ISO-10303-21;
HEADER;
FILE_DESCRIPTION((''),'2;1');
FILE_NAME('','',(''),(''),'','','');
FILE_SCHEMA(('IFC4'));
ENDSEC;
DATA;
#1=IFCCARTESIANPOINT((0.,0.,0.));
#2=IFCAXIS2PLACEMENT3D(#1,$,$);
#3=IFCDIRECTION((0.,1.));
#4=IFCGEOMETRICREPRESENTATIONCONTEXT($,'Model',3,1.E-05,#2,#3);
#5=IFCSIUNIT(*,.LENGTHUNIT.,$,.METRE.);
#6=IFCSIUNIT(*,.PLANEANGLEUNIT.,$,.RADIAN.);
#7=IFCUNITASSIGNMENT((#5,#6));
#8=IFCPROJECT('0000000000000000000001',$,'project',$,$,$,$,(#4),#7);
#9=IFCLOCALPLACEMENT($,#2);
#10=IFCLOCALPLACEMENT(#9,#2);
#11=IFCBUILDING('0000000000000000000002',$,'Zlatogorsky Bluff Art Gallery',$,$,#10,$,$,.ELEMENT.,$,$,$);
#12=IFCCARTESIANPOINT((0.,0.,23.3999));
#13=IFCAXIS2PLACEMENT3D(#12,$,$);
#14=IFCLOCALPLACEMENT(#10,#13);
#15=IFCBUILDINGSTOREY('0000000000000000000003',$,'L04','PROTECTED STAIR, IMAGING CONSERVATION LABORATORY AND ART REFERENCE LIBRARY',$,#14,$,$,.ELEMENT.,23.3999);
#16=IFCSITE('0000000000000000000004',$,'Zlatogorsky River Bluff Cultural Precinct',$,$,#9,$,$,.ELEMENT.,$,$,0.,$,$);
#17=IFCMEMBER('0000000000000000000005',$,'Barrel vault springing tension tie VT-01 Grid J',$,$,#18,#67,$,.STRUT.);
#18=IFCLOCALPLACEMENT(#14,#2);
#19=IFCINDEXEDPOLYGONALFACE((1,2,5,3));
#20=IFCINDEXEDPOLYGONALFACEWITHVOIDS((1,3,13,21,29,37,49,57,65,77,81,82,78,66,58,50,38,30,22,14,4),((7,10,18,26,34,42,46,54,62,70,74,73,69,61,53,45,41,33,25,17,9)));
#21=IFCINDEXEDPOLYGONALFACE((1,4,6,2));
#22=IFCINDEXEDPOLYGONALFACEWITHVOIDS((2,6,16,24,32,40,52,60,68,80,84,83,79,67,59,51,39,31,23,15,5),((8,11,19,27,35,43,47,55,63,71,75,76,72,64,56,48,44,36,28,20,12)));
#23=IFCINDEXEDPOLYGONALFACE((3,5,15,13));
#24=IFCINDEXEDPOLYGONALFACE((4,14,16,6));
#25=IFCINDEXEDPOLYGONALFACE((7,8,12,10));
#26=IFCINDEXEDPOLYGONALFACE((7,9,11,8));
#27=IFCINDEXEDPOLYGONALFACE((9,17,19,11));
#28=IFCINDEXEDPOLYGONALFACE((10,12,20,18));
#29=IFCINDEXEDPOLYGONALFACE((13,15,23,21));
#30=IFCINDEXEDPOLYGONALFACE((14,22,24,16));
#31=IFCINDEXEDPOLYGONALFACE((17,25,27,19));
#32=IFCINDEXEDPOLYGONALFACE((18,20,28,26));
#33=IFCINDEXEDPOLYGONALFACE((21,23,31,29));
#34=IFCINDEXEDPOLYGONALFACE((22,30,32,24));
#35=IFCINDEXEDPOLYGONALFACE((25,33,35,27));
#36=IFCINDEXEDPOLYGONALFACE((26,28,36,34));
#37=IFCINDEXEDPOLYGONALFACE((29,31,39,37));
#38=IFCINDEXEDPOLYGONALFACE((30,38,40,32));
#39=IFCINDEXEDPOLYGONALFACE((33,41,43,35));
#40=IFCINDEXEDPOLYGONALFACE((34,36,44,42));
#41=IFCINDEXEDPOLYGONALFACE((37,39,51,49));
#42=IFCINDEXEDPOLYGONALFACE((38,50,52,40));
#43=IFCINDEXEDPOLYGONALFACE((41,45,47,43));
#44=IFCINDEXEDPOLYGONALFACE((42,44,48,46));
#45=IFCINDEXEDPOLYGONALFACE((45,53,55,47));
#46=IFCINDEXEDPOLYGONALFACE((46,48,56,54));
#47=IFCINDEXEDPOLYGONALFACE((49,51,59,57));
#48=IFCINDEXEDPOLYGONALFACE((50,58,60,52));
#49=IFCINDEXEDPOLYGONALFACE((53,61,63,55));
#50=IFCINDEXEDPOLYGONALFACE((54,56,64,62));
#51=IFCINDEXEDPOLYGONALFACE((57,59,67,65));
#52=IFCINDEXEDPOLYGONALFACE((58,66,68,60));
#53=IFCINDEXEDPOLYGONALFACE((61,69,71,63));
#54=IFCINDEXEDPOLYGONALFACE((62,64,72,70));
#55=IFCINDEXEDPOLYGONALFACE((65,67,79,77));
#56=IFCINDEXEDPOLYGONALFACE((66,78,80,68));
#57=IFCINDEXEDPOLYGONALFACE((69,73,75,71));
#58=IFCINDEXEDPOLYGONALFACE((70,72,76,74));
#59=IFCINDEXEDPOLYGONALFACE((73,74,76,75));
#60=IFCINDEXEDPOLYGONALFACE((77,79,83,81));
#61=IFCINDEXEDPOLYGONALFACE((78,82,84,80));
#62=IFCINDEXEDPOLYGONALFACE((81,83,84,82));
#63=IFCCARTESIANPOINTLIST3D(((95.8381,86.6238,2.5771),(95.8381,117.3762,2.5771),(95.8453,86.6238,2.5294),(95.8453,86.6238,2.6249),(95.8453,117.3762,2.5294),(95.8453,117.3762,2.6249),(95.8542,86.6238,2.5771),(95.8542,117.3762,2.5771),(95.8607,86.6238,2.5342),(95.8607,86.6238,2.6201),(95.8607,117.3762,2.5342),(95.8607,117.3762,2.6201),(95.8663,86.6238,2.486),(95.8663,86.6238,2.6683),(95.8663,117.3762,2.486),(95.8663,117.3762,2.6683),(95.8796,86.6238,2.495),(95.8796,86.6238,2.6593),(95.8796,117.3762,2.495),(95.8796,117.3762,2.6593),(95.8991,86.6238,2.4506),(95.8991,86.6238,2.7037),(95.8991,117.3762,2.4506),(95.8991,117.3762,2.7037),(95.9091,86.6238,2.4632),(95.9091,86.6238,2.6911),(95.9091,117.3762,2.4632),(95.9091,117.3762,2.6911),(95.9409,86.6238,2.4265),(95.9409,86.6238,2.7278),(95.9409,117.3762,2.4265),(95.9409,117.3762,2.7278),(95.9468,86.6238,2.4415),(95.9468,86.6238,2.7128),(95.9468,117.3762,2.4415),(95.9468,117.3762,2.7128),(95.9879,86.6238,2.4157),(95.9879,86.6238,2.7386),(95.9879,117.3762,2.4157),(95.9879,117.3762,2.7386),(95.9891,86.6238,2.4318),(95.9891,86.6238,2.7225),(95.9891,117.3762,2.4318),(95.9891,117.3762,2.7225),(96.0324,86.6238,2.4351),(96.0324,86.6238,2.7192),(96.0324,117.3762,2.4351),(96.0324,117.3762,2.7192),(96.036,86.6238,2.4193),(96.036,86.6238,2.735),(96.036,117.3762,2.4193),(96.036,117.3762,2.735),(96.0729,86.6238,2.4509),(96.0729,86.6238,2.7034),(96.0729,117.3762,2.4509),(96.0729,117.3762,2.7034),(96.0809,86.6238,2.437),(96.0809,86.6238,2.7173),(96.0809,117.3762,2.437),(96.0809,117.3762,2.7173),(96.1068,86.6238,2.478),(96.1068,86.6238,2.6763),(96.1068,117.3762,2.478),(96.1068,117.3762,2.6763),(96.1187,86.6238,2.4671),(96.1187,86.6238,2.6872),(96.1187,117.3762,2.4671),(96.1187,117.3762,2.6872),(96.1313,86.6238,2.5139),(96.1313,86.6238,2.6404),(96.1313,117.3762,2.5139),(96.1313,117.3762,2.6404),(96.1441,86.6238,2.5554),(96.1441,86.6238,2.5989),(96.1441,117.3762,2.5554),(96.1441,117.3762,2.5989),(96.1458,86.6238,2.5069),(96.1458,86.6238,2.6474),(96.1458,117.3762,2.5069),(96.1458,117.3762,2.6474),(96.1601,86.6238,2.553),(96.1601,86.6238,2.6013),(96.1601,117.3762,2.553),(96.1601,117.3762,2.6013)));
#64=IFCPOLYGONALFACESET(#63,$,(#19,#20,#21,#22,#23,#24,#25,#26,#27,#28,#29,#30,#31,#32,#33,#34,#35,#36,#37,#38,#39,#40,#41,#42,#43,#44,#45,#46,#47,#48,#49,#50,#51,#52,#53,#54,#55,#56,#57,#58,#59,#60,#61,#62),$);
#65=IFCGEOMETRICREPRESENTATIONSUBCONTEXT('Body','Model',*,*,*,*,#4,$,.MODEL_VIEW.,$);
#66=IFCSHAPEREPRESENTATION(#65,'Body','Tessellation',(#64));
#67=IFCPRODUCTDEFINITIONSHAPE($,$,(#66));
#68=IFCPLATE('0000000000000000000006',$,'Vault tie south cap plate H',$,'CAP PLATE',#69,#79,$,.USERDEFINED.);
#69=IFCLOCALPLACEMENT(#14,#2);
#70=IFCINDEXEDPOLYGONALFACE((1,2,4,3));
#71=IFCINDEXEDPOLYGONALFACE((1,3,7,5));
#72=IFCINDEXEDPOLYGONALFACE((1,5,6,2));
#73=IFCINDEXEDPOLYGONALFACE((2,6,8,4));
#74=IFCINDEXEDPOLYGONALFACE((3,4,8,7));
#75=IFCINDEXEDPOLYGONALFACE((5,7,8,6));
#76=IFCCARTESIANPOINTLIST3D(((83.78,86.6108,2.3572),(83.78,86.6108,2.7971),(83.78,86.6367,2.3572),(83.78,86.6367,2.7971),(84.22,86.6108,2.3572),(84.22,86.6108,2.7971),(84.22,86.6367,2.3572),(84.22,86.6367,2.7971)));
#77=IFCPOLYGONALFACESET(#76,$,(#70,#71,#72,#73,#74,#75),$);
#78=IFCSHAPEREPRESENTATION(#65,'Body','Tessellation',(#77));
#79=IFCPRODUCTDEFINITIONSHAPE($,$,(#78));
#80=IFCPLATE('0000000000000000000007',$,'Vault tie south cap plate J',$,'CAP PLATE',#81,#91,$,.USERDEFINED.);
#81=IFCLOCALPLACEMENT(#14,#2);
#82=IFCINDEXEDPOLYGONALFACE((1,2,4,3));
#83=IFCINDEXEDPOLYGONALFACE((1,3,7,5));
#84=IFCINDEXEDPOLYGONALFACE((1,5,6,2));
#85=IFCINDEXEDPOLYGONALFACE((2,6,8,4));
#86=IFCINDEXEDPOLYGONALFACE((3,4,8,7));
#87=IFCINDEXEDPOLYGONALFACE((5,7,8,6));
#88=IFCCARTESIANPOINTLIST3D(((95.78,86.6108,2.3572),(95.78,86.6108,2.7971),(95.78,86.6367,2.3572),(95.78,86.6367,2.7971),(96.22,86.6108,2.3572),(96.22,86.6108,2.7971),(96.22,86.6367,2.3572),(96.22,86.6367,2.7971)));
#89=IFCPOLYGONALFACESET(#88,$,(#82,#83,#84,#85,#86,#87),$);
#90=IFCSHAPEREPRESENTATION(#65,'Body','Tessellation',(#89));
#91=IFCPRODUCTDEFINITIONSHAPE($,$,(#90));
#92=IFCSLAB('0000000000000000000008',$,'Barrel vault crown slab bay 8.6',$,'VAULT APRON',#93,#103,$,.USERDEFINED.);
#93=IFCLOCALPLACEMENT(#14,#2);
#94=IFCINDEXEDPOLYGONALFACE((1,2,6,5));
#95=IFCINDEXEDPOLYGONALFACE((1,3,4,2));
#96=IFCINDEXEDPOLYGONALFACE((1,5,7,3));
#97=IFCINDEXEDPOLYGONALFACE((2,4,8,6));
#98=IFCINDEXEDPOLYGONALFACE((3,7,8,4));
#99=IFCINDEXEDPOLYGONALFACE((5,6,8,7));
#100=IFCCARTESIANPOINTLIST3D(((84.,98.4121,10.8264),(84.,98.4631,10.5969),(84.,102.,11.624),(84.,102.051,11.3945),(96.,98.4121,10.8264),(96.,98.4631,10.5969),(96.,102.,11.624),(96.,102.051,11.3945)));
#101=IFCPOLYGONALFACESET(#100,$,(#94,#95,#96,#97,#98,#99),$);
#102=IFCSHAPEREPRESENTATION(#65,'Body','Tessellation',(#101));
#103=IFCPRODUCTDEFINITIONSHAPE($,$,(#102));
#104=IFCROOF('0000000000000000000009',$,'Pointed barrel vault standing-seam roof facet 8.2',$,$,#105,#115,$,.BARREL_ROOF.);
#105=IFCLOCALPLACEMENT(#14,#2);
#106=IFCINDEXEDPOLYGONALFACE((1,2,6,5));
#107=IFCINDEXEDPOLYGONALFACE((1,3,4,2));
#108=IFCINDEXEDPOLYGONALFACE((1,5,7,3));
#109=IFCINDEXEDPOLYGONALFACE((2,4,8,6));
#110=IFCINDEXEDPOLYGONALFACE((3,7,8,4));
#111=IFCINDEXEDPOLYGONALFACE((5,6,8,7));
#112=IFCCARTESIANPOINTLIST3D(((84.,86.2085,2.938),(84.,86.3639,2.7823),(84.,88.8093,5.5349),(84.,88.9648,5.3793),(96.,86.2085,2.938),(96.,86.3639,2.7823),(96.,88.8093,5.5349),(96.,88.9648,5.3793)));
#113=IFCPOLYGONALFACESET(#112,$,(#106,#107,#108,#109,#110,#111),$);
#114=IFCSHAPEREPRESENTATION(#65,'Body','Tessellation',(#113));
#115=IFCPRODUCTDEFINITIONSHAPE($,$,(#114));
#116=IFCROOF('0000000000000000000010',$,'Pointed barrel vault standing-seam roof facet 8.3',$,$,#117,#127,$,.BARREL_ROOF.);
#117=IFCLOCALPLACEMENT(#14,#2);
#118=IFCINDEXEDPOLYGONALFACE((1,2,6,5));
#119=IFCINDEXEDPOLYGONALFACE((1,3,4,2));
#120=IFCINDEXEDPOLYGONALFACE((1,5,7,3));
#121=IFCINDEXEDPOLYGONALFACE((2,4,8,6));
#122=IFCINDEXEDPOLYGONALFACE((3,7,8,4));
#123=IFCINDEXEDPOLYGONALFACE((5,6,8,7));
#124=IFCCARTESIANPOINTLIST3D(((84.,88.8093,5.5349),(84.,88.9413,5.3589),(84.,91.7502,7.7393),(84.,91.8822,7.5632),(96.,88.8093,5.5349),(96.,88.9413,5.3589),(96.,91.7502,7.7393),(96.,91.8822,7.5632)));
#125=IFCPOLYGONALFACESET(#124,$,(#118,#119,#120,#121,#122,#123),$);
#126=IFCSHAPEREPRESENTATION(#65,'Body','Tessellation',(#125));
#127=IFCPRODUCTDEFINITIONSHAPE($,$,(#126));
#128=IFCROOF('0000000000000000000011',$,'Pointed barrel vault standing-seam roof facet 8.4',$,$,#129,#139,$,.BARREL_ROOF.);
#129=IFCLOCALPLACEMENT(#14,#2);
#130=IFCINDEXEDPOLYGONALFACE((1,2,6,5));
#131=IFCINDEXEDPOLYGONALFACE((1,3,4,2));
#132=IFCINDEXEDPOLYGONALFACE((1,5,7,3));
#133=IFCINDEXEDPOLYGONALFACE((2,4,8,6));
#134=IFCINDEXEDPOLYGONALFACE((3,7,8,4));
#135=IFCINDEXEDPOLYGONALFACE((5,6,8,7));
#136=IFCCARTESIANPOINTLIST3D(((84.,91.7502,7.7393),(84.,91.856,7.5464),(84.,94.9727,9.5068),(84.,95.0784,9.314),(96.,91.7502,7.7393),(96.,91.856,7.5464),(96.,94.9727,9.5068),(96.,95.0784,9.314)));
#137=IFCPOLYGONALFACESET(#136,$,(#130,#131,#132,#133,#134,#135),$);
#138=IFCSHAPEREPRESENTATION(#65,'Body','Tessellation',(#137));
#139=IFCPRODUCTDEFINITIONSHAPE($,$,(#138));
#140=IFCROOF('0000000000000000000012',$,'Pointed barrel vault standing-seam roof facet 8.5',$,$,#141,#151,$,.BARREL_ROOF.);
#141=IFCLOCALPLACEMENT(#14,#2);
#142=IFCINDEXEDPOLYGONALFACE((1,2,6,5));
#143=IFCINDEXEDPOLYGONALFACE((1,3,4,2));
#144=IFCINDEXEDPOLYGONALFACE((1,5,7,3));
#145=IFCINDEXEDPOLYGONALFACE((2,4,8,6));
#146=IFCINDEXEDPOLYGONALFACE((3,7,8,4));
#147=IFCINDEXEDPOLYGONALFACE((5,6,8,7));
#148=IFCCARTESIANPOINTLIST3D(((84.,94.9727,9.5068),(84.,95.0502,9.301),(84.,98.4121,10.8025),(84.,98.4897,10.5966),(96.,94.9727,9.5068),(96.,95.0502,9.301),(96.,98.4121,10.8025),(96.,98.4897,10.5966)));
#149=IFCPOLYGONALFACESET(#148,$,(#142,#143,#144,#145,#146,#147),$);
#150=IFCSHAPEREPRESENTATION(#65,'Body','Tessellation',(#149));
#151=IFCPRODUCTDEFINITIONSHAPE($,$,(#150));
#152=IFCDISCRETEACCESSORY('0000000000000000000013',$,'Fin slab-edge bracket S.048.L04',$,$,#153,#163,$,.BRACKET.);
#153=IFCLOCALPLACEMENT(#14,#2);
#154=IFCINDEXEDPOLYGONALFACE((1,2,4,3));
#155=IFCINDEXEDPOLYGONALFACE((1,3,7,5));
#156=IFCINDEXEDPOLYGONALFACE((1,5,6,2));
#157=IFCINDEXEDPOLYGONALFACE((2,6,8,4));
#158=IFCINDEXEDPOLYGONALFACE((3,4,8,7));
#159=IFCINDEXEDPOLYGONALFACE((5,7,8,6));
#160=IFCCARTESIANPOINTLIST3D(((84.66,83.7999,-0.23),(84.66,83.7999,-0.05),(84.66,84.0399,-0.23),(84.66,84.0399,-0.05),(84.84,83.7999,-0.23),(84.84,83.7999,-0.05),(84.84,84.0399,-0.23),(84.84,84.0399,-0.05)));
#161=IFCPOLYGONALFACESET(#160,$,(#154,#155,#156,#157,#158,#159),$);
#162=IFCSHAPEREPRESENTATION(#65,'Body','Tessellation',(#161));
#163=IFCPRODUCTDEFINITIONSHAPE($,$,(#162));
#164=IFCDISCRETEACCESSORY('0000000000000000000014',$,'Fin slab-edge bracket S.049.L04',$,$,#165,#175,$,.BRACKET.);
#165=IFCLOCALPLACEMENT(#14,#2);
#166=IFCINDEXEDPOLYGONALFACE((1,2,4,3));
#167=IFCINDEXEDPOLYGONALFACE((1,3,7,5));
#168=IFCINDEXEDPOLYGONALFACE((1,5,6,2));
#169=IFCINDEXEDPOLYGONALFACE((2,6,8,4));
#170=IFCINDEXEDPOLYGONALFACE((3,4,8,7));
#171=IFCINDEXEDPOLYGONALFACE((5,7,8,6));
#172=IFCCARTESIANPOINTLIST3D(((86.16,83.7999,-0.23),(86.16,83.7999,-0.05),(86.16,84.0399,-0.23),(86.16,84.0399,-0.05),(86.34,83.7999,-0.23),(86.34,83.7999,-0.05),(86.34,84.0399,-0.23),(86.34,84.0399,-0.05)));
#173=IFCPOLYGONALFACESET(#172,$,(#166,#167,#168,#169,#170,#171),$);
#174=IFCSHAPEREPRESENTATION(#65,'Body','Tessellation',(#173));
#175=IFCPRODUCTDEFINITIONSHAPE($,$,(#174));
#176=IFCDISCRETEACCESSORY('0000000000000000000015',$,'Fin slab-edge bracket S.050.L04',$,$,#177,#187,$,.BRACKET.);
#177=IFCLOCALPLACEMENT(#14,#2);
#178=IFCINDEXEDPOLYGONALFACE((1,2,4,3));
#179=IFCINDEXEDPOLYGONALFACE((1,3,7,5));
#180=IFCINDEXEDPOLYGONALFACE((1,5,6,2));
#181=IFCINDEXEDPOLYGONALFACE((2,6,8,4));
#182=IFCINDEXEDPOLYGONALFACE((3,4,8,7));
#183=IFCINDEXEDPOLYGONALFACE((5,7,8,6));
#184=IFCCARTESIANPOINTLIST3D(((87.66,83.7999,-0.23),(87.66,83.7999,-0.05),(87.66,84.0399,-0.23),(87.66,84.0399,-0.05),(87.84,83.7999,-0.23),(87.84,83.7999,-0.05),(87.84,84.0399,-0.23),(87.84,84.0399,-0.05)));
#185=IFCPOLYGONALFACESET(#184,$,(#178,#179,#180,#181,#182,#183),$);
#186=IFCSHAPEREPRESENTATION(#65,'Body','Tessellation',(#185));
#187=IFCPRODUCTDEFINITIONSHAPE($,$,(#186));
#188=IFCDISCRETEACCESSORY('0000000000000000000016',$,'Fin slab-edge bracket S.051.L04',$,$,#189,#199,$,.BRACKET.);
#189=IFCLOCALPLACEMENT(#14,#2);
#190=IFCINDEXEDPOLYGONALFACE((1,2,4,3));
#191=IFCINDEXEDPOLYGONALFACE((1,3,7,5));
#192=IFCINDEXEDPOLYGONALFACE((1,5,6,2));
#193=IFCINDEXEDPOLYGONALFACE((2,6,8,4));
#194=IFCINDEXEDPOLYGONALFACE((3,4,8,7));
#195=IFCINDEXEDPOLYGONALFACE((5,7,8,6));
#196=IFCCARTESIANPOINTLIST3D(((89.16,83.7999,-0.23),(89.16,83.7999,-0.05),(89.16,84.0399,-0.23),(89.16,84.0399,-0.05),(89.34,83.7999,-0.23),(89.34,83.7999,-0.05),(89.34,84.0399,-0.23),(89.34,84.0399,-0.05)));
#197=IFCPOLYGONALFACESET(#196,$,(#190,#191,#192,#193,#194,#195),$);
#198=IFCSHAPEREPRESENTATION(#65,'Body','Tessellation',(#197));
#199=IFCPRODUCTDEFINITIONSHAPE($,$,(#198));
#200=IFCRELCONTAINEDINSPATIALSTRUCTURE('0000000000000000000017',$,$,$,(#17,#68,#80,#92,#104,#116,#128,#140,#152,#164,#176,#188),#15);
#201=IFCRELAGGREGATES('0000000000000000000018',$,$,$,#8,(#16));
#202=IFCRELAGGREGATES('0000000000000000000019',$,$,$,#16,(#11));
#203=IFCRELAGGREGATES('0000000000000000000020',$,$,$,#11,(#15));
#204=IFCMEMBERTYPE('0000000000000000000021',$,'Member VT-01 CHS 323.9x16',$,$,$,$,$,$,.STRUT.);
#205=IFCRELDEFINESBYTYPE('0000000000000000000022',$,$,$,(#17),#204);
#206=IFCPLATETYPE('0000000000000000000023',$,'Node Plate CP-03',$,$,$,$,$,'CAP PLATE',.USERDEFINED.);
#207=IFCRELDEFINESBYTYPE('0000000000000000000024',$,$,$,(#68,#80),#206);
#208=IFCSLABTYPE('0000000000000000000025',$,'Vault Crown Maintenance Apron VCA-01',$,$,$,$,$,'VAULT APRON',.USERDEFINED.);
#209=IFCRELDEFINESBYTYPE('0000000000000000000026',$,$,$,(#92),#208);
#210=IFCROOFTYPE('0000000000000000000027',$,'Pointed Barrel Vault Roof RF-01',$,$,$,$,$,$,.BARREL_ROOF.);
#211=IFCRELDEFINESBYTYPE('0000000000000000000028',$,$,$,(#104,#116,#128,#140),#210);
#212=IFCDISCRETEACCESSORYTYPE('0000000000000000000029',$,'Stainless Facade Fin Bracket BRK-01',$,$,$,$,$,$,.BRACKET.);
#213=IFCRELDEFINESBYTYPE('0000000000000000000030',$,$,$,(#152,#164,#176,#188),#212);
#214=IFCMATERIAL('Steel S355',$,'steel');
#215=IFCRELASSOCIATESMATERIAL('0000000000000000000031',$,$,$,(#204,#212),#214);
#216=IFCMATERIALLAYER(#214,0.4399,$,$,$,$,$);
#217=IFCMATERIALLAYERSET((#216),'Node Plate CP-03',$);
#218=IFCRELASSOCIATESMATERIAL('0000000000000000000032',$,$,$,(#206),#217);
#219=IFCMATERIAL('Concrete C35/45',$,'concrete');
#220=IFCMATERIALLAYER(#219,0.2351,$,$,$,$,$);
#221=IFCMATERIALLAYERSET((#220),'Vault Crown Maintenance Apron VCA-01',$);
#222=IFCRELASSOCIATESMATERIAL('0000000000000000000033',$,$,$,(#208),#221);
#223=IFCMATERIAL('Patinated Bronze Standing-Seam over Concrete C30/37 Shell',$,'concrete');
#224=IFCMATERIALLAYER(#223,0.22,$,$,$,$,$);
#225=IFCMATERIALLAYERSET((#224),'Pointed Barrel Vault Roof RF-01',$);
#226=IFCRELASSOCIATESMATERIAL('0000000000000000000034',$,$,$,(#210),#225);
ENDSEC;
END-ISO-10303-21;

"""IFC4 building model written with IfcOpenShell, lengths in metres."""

from ifc_helpers import new_model, si_unit, direction, frame, origin, origin_2d, place, context, subcontext, project, spatial, polyline, rectangle, hollow_circle, outline, extrude, material, layer, layer_set, material_profile, profile_set, type_object, element, save


model = new_model("IFC4")

# Units and contexts
model_context = context("Model", 3, precision=1e-05, world=origin(), true_north=direction((0.0, 1.0)))
body_context = subcontext(model_context, "Body", "Model", "MODEL_VIEW")
ifc_project = project(units=[si_unit("LENGTHUNIT", "METRE"), si_unit("PLANEANGLEUNIT", "RADIAN")], contexts=[model_context])

# Site, building, storey
site_placement = place(None, origin())
site = spatial("IfcSite", under=ifc_project, at=site_placement, Name="Zlatogorsky River Bluff Cultural Precinct", CompositionType="ELEMENT", RefElevation=0.0)
building_placement = place(site_placement, origin())
building = spatial("IfcBuilding", under=site, at=building_placement, Name="Zlatogorsky Bluff Art Gallery", CompositionType="ELEMENT")
storey_placement = place(building_placement, frame((0.0, 0.0, 23.3999)))
storey = spatial("IfcBuildingStorey", under=building, at=storey_placement, Name="L04", Description="PROTECTED STAIR, IMAGING CONSERVATION LABORATORY AND ART REFERENCE LIBRARY", CompositionType="ELEMENT", Elevation=23.3999)

# Shared definitions
ifc_material_1 = material(Name="Steel S355", Category="steel")

# Member
ifc_material_profile_1 = material_profile(ifc_material_1, hollow_circle(Radius=0.1619, WallThickness=0.0161, at=origin_2d()), Name="CHS 323.9x16")
ifc_profile_set_1 = profile_set([ifc_material_profile_1], Name="Steel S355")
member_type = type_object("IfcMemberType", Name="Member VT-01 CHS 323.9x16", PredefinedType="STRUT", material=ifc_profile_set_1)
for number, where, z_axis, x_axis, name in (
    (1, (96.0, 86.6238, 2.5771), (0.0, 1.0, 0.0), (-1.0, 0.0, 0.0), "Barrel vault springing tension tie VT-01 Grid J"),
):
    element("IfcMember", number, at=place(storey_placement, frame(where, z_axis=z_axis, x_axis=x_axis)), inside=storey, type_object=member_type, Name=name, PredefinedType="STRUT", context=body_context, shape_type="SweptSolid", body=[
        extrude(hollow_circle(Radius=0.1619, WallThickness=0.0161, at=origin_2d()), origin(), (0.0, 0.0, 1.0), 30.7524),
    ])

# Plates
ifc_layer_1 = layer(ifc_material_1, 0.4399)
ifc_layer_set_1 = layer_set([ifc_layer_1], Name="Node Plate CP-03")
plate_type = type_object("IfcPlateType", Name="Node Plate CP-03", ElementType="CAP PLATE", PredefinedType="USERDEFINED", material=ifc_layer_set_1)
for number, where, z_axis, x_axis, name in (
    (2, (84.0, 86.6238, 2.3572), (0.0, 0.0, 1.0), (1.0, 0.0, 0.0), "Vault tie south cap plate H"),
    (3, (96.0, 86.6238, 2.3572), (0.0, 0.0, 1.0), (1.0, 0.0, 0.0), "Vault tie south cap plate J"),
):
    element("IfcPlate", number, at=place(storey_placement, frame(where, z_axis=z_axis, x_axis=x_axis)), inside=storey, type_object=plate_type, Name=name, ObjectType="CAP PLATE", PredefinedType="USERDEFINED", context=body_context, shape_type="SweptSolid", body=[
        extrude(rectangle(XDim=0.4399, YDim=0.0259, at=origin_2d()), origin(), (0.0, 0.0, 1.0), 0.4399),
    ])

# Slab
ifc_material_2 = material(Name="Concrete C35/45", Category="concrete")
ifc_layer_2 = layer(ifc_material_2, 0.2351)
ifc_layer_set_2 = layer_set([ifc_layer_2], Name="Vault Crown Maintenance Apron VCA-01")
slab_type = type_object("IfcSlabType", Name="Vault Crown Maintenance Apron VCA-01", ElementType="VAULT APRON", PredefinedType="USERDEFINED", material=ifc_layer_set_2)
slab_placement = place(storey_placement, frame((84.0, 98.4121, 10.8264), z_axis=(0.0, -0.217008, 0.97617), x_axis=(1.0, 0.0, 0.0)))
element("IfcSlab", 4, at=slab_placement, inside=storey, type_object=slab_type, Name="Barrel vault crown slab bay 8.6", ObjectType="VAULT APRON", PredefinedType="USERDEFINED", context=body_context, shape_type="SweptSolid", body=[
    extrude(outline(polyline([(0.0, 0.0), (12.0, 0.0), (12.0, 3.6755), (0.0, 3.6755), (0.0, 0.0)])), origin(), (0.0, 0.0, -1.0), 0.2351),
])

# Roofs
ifc_material_3 = material(Name="Patinated Bronze Standing-Seam over Concrete C30/37 Shell", Category="concrete")
ifc_layer_3 = layer(ifc_material_3, 0.22)
ifc_layer_set_3 = layer_set([ifc_layer_3], Name="Pointed Barrel Vault Roof RF-01")
roof_type = type_object("IfcRoofType", Name="Pointed Barrel Vault Roof RF-01", PredefinedType="BARREL_ROOF", material=ifc_layer_set_3)
roof_1_placement = place(storey_placement, frame((84.0, 86.2085, 2.938), z_axis=(0.0, -0.706575, 0.707638), x_axis=(1.0, 0.0, 0.0)))
element("IfcRoof", 5, at=roof_1_placement, inside=storey, type_object=roof_type, Name="Pointed barrel vault standing-seam roof facet 8.2", PredefinedType="BARREL_ROOF", context=body_context, shape_type="SweptSolid", body=[
    extrude(outline(polyline([(0.0, 0.0), (12.0, 0.0), (12.0, 3.6754), (0.0, 3.6754), (0.0, 0.0)])), origin(), (0.0, 0.0, -1.0), 0.22),
])
roof_2_placement = place(storey_placement, frame((84.0, 88.8093, 5.5349), z_axis=(0.0, -0.599766, 0.800175), x_axis=(1.0, 0.0, 0.0)))
element("IfcRoof", 6, at=roof_2_placement, inside=storey, type_object=roof_type, Name="Pointed barrel vault standing-seam roof facet 8.3", PredefinedType="BARREL_ROOF", context=body_context, shape_type="SweptSolid", body=[
    extrude(outline(polyline([(0.0, 0.0), (12.0, 0.0), (12.0, 3.6753), (0.0, 3.6753), (0.0, 0.0)])), origin(), (0.0, 0.0, -1.0), 0.22),
])
roof_3_placement = place(storey_placement, frame((84.0, 91.7502, 7.7393), z_axis=(0.0, -0.480927, 0.876761), x_axis=(1.0, 0.0, 0.0)))
element("IfcRoof", 7, at=roof_3_placement, inside=storey, type_object=roof_type, Name="Pointed barrel vault standing-seam roof facet 8.4", PredefinedType="BARREL_ROOF", context=body_context, shape_type="SweptSolid", body=[
    extrude(outline(polyline([(0.0, 0.0), (12.0, 0.0), (12.0, 3.6754), (0.0, 3.6754), (0.0, 0.0)])), origin(), (0.0, 0.0, -1.0), 0.22),
])
roof_4_placement = place(storey_placement, frame((84.0, 94.9727, 9.5068), z_axis=(0.0, -0.352521, 0.935804), x_axis=(1.0, 0.0, 0.0)))
element("IfcRoof", 8, at=roof_4_placement, inside=storey, type_object=roof_type, Name="Pointed barrel vault standing-seam roof facet 8.5", PredefinedType="BARREL_ROOF", context=body_context, shape_type="SweptSolid", body=[
    extrude(outline(polyline([(0.0, 0.0), (12.0, 0.0), (12.0, 3.6754), (0.0, 3.6754), (0.0, 0.0)])), origin(), (0.0, 0.0, -1.0), 0.22),
])

# Discrete accessories
discrete_accessory_type = type_object("IfcDiscreteAccessoryType", Name="Stainless Facade Fin Bracket BRK-01", PredefinedType="BRACKET", material=ifc_material_1)
for number, where, z_axis, x_axis, name in (
    (9, (84.75, 83.9199, -0.23), (0.0, 0.0, 1.0), (1.0, 0.0, 0.0), "Fin slab-edge bracket S.048.L04"),
    (10, (86.25, 83.9199, -0.23), (0.0, 0.0, 1.0), (1.0, 0.0, 0.0), "Fin slab-edge bracket S.049.L04"),
    (11, (87.75, 83.9199, -0.23), (0.0, 0.0, 1.0), (1.0, 0.0, 0.0), "Fin slab-edge bracket S.050.L04"),
    (12, (89.25, 83.9199, -0.23), (0.0, 0.0, 1.0), (1.0, 0.0, 0.0), "Fin slab-edge bracket S.051.L04"),
):
    element("IfcDiscreteAccessory", number, at=place(storey_placement, frame(where, z_axis=z_axis, x_axis=x_axis)), inside=storey, type_object=discrete_accessory_type, Name=name, PredefinedType="BRACKET", context=body_context, shape_type="SweptSolid", body=[
        extrude(rectangle(XDim=0.1799, YDim=0.24, at=origin_2d()), origin(), (0.0, 0.0, 1.0), 0.1799),
    ])

save(model, "model.ifc")
